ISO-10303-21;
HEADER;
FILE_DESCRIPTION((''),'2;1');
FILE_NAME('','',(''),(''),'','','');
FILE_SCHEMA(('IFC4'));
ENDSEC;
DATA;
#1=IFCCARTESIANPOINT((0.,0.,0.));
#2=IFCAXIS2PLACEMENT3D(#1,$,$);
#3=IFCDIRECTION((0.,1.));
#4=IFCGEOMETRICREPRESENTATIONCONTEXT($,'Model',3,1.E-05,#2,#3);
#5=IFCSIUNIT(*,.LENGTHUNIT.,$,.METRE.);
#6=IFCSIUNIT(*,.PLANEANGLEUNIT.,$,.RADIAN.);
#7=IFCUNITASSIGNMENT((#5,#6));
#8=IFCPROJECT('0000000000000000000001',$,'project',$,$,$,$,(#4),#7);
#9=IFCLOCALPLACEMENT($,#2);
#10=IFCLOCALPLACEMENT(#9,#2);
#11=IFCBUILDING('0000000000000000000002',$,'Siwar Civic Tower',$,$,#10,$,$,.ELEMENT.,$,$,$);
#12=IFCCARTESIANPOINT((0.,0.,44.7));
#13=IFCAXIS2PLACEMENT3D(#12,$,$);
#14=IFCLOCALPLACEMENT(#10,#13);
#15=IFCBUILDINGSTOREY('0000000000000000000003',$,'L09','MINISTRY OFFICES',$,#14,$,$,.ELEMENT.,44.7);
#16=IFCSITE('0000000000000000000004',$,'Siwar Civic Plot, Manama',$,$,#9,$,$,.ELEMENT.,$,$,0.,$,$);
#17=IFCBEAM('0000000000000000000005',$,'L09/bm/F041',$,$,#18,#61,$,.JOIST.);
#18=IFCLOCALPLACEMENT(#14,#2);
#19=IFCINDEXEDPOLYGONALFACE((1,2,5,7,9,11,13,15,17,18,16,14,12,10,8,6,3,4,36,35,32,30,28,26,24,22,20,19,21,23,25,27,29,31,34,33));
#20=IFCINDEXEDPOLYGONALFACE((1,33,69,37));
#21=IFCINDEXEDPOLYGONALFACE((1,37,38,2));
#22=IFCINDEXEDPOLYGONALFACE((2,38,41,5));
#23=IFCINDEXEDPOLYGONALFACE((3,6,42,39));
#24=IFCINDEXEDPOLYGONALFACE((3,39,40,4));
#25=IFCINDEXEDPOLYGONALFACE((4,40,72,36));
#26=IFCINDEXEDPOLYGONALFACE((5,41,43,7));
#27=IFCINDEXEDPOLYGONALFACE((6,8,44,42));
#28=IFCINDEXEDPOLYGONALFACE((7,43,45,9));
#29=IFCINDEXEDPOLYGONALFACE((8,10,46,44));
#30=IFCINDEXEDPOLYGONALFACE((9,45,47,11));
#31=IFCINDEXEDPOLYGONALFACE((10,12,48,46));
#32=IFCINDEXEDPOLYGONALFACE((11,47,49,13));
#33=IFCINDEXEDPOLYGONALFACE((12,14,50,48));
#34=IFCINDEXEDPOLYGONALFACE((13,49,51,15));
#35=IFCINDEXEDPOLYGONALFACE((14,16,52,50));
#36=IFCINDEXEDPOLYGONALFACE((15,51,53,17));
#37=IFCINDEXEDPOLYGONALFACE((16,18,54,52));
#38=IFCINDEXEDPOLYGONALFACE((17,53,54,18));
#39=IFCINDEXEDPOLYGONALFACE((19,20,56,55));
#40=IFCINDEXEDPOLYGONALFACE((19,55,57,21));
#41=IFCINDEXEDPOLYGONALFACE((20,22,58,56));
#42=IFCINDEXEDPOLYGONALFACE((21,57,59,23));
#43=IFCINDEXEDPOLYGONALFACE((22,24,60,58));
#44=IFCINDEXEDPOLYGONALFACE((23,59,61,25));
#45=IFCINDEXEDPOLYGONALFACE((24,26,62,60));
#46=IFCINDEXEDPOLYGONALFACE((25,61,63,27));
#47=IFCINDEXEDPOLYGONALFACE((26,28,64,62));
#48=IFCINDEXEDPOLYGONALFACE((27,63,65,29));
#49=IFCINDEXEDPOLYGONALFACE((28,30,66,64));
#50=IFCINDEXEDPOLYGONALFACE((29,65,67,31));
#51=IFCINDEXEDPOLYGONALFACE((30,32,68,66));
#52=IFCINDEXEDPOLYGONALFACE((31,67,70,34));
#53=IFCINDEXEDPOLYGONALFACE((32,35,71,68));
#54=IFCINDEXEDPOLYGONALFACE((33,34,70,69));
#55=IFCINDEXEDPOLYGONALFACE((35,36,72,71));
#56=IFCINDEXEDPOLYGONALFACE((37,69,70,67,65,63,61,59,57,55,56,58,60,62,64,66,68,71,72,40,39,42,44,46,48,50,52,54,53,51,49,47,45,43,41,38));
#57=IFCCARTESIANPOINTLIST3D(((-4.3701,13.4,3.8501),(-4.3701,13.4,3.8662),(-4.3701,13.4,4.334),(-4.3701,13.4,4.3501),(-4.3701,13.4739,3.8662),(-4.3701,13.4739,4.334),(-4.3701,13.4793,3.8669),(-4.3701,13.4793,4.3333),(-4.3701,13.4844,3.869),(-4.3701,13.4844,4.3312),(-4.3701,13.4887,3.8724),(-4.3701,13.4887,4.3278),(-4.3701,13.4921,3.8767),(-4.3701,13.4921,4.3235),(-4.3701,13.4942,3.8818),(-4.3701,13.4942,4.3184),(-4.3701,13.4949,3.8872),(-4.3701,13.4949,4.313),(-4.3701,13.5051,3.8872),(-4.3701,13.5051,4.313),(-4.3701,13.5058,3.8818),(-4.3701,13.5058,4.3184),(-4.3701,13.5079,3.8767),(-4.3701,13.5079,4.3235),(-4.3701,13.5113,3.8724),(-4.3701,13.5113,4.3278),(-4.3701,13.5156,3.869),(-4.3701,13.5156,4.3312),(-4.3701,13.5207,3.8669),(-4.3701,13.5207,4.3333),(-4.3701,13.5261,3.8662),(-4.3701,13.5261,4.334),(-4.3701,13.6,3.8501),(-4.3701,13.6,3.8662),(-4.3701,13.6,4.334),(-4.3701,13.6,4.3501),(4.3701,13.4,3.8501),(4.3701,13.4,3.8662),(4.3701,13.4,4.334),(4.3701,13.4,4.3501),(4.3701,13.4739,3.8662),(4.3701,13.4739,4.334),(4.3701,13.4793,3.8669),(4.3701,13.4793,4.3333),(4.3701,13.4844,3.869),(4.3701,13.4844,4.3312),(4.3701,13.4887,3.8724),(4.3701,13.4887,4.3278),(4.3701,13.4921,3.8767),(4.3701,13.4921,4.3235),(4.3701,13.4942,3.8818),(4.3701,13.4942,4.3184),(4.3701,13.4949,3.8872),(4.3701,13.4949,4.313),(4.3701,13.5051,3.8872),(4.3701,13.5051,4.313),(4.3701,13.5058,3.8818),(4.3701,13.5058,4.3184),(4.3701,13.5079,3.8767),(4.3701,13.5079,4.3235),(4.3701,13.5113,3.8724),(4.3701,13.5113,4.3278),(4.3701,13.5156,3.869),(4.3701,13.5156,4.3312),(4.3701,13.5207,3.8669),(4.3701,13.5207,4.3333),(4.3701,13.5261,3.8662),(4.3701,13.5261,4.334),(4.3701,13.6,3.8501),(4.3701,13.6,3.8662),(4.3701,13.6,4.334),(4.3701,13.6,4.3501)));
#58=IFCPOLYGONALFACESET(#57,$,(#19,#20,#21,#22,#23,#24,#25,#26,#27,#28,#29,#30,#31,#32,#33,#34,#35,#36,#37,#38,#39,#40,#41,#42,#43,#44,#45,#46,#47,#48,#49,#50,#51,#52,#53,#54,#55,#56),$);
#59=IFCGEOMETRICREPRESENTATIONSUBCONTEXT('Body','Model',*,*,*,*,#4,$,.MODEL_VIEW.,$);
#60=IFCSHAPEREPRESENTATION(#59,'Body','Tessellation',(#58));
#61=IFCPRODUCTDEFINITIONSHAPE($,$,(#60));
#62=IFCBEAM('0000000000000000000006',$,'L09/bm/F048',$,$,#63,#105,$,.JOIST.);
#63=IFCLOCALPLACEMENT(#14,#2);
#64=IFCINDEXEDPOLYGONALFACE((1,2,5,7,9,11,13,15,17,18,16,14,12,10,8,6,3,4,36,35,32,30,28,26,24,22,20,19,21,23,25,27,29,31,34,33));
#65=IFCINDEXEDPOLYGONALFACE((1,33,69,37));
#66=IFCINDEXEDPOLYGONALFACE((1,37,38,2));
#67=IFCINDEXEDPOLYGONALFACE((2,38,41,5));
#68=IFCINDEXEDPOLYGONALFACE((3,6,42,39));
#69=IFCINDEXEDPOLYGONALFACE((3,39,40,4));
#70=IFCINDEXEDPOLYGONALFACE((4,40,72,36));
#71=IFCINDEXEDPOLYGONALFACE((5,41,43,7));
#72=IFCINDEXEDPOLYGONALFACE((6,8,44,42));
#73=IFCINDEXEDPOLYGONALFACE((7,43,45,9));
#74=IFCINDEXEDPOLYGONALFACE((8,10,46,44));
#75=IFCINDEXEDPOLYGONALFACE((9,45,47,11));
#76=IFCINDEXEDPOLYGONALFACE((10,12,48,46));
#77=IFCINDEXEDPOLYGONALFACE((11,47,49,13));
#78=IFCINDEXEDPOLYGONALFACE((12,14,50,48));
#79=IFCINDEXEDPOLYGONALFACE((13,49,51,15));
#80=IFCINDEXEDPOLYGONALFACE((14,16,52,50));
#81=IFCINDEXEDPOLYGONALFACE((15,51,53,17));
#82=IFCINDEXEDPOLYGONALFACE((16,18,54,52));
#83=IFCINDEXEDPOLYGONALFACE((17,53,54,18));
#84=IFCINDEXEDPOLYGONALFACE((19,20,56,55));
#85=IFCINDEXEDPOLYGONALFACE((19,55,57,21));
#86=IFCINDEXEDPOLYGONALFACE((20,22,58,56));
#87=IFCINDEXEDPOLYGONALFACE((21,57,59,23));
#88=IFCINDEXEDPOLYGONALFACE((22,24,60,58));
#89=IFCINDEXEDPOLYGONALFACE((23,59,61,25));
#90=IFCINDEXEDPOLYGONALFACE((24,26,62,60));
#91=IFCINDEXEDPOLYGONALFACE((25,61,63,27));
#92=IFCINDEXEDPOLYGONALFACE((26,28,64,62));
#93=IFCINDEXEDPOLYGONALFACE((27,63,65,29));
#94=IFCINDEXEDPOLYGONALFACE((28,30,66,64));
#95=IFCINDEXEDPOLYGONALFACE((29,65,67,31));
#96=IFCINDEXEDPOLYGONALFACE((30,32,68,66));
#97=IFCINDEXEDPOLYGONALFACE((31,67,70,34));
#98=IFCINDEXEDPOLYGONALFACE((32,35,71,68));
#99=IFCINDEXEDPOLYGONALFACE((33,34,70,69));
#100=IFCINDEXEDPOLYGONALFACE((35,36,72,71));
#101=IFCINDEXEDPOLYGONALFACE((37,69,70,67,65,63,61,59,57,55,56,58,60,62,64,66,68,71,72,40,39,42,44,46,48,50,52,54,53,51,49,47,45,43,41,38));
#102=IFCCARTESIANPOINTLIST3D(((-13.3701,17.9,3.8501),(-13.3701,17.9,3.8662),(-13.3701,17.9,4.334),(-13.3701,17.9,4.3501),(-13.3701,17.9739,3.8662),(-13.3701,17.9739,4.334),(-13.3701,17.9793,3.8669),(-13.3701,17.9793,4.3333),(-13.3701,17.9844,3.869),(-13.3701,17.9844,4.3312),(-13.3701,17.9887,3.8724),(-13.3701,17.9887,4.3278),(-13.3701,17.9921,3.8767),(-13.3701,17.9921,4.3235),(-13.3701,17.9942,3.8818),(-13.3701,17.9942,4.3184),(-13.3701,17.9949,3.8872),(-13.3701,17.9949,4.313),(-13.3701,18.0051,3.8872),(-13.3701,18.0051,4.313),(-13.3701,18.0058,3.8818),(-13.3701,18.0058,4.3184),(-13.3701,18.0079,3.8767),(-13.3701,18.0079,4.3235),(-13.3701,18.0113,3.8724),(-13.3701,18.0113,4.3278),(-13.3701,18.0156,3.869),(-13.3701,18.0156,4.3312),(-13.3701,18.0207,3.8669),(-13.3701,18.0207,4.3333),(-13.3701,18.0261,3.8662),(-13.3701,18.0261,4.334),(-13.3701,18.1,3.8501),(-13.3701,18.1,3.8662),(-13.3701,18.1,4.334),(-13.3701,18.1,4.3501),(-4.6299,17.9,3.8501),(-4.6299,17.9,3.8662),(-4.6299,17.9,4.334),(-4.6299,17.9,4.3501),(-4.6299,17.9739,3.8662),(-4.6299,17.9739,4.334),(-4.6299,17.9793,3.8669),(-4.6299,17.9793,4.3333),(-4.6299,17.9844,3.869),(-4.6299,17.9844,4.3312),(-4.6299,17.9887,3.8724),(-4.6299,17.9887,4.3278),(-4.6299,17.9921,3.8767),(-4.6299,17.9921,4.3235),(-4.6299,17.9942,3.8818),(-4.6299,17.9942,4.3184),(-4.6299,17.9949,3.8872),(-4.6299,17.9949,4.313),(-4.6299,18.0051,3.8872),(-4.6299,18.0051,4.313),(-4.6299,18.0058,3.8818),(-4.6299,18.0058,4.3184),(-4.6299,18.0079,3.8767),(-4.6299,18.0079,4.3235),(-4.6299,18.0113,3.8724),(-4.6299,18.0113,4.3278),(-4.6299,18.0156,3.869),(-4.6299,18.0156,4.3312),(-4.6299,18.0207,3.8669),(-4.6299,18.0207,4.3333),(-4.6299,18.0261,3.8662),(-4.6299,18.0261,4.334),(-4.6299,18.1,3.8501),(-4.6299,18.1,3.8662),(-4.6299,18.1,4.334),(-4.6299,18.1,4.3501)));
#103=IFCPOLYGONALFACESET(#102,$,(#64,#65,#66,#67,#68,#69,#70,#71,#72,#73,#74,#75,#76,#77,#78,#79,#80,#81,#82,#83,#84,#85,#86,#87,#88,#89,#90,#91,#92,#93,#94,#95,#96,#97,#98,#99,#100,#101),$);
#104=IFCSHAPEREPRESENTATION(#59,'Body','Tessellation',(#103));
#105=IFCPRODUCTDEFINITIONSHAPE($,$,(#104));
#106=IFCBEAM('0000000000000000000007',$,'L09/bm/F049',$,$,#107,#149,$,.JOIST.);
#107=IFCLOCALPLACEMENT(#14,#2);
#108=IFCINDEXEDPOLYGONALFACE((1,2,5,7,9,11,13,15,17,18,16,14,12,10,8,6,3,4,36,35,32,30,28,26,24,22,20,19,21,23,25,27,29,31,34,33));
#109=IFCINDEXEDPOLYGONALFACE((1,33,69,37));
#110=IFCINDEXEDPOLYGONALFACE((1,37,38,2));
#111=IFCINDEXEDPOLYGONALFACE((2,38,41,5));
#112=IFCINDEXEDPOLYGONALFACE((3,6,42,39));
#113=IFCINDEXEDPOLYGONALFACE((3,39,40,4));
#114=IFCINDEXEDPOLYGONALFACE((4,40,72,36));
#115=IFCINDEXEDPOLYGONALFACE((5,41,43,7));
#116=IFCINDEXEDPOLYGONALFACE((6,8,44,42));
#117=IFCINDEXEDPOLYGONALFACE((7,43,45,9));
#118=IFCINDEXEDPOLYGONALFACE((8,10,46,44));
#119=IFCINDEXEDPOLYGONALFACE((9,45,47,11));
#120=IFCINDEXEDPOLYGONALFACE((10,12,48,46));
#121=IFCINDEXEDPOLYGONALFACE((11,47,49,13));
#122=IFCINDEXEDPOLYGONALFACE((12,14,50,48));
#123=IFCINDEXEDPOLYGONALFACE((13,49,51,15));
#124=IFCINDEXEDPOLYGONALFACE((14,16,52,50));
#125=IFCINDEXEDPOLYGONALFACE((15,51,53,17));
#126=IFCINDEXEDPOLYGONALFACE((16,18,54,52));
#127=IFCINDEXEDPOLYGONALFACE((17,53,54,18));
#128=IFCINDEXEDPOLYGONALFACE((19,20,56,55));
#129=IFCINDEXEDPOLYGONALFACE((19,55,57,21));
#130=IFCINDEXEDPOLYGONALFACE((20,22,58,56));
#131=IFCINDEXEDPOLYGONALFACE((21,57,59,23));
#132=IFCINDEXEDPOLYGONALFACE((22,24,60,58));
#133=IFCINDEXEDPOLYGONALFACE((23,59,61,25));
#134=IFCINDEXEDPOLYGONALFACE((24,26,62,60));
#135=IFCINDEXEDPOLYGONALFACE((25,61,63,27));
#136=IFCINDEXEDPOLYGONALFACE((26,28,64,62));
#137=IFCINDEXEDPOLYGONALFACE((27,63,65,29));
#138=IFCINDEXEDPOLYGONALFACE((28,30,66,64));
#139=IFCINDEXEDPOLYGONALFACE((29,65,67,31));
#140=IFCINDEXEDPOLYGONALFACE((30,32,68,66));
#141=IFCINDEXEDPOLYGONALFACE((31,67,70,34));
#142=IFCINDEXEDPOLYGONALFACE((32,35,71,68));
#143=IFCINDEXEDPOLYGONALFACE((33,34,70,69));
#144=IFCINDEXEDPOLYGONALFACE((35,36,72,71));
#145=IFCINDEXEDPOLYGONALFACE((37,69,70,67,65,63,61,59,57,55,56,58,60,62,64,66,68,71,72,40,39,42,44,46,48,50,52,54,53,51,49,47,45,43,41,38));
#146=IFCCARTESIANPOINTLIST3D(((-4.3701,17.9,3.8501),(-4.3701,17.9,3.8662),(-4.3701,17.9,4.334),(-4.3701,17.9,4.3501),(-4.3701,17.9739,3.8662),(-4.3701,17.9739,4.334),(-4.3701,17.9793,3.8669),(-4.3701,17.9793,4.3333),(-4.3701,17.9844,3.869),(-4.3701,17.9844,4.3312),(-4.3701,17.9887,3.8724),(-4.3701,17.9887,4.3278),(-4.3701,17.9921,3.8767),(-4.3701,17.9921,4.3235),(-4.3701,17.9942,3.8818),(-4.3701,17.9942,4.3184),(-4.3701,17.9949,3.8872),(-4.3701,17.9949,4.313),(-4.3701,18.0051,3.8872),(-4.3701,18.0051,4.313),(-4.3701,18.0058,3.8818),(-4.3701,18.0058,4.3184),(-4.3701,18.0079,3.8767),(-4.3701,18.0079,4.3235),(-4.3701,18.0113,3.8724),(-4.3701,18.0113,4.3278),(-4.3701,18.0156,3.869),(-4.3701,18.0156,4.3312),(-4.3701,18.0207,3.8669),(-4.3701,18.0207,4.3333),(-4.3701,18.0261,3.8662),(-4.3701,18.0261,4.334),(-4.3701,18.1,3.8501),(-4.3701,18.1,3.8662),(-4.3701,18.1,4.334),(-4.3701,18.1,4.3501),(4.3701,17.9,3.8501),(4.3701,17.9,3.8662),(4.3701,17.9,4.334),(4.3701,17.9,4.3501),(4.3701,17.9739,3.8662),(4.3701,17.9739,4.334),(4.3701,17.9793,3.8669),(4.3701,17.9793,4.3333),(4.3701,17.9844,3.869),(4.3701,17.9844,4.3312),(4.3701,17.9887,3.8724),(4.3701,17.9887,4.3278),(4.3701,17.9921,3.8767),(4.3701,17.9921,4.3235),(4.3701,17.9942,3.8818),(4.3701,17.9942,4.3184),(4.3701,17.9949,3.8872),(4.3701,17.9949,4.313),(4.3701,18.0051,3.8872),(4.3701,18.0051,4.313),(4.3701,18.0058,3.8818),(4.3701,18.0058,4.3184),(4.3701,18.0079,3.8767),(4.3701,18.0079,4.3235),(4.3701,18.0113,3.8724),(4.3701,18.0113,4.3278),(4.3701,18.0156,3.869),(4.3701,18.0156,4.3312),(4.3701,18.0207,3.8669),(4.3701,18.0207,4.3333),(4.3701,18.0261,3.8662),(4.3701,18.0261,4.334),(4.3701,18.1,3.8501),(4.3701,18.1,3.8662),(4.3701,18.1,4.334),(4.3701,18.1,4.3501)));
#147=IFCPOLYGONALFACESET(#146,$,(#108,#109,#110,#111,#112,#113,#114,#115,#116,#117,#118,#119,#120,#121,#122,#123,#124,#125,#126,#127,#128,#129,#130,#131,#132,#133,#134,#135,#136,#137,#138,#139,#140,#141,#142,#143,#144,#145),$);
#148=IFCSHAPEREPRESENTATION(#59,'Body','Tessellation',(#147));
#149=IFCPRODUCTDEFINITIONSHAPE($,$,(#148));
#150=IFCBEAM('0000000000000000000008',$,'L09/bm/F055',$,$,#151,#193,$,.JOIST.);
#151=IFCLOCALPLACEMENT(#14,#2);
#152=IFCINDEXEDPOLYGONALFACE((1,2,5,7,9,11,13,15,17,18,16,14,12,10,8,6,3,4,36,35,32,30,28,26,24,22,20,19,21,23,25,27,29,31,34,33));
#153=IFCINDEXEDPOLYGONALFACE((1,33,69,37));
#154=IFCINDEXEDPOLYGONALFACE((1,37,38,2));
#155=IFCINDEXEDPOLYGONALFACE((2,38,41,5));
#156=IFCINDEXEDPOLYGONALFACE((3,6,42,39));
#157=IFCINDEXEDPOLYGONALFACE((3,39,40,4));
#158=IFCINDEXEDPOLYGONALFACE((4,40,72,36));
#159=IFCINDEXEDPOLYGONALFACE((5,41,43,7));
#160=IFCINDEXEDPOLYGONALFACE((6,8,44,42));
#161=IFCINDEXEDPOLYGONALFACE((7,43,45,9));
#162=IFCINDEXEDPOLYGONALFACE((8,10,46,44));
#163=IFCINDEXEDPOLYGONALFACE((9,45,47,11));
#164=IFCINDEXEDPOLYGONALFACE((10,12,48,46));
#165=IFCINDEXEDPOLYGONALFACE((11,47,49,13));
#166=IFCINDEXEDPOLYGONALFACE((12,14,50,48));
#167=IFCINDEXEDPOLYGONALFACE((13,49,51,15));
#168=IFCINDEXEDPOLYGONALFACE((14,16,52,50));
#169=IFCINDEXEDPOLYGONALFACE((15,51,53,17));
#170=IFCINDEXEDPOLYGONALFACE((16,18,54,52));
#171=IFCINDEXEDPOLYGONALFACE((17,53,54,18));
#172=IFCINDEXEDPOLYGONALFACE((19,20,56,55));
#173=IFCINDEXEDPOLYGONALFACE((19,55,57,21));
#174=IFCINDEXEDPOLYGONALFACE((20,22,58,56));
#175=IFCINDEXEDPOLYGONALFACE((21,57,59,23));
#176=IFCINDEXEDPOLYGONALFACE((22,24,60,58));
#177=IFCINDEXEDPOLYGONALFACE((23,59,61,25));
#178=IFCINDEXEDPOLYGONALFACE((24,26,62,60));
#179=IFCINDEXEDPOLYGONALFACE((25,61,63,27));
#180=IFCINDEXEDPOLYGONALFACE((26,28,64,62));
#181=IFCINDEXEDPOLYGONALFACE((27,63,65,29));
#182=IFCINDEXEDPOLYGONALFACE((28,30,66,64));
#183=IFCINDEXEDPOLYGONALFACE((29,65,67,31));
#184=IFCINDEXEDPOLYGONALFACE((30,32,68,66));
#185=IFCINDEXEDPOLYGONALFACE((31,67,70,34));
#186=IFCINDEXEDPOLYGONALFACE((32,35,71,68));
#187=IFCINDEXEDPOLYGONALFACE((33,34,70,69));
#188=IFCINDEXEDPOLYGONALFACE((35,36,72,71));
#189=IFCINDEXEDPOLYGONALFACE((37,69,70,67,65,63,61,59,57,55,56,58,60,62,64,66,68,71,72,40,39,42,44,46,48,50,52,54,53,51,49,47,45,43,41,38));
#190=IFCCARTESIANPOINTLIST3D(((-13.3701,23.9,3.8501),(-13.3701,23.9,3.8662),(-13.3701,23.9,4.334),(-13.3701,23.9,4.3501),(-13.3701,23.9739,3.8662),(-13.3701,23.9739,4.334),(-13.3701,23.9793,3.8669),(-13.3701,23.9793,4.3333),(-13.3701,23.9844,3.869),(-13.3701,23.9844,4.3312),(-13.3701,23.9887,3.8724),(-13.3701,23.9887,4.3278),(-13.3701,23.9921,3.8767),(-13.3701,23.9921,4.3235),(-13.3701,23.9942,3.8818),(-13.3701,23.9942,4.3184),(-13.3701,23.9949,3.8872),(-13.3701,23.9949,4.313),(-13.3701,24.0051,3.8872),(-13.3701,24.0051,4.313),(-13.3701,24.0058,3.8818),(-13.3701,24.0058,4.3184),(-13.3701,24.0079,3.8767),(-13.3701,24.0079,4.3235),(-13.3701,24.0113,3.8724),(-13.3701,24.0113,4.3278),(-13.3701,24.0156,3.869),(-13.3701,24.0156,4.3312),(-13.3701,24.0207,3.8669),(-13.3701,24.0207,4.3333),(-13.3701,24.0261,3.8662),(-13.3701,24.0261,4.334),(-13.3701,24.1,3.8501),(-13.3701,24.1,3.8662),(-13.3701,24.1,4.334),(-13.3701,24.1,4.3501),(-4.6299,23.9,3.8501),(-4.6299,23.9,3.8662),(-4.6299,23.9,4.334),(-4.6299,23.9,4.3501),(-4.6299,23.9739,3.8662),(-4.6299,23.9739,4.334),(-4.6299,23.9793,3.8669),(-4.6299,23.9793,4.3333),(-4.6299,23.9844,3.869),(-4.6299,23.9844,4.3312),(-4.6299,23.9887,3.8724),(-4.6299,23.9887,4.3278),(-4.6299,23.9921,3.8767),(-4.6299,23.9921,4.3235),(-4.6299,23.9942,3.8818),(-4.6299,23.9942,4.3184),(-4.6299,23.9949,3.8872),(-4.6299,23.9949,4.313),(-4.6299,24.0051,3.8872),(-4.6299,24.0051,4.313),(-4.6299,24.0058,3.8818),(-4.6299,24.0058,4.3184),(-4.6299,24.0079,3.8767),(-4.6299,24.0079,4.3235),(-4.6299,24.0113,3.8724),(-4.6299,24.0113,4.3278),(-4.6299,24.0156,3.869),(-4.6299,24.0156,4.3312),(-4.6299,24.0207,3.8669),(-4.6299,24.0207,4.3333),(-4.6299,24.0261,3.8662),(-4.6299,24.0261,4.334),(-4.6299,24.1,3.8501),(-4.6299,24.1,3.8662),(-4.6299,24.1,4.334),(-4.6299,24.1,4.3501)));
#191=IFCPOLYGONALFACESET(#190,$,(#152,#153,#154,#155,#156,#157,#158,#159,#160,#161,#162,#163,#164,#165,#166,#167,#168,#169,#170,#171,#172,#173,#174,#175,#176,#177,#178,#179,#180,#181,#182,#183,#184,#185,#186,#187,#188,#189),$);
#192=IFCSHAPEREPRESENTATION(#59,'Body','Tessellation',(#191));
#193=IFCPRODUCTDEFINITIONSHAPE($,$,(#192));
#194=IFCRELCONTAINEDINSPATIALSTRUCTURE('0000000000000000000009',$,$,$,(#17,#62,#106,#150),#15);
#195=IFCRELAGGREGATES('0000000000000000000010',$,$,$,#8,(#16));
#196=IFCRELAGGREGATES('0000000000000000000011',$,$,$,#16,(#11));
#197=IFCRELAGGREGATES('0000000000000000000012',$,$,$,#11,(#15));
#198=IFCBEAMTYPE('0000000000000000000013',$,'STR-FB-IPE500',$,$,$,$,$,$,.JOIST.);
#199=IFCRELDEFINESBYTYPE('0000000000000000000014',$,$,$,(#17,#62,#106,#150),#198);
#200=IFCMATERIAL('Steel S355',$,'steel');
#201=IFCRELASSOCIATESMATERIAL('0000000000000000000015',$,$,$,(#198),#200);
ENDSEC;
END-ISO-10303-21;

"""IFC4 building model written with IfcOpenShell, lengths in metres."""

from ifc_helpers import new_model, si_unit, direction, frame, origin, origin_2d, place, context, subcontext, project, spatial, i_section, extrude, material, material_profile, profile_set, type_object, element, save


model = new_model("IFC4")

# Units and contexts
model_context = context("Model", 3, precision=1e-05, world=origin(), true_north=direction((0.0, 1.0)))
body_context = subcontext(model_context, "Body", "Model", "MODEL_VIEW")
ifc_project = project(units=[si_unit("LENGTHUNIT", "METRE"), si_unit("PLANEANGLEUNIT", "RADIAN")], contexts=[model_context])

# Site, building, storey
site_placement = place(None, origin())
site = spatial("IfcSite", under=ifc_project, at=site_placement, Name="Siwar Civic Plot, Manama", CompositionType="ELEMENT", RefElevation=0.0)
building_placement = place(site_placement, origin())
building = spatial("IfcBuilding", under=site, at=building_placement, Name="Siwar Civic Tower", CompositionType="ELEMENT")
storey_placement = place(building_placement, frame((0.0, 0.0, 44.7)))
storey = spatial("IfcBuildingStorey", under=building, at=storey_placement, Name="L09", Description="MINISTRY OFFICES", CompositionType="ELEMENT", Elevation=44.7)

# Beams
ifc_material_1 = material(Name="Steel S355", Category="steel")
ifc_material_profile_1 = material_profile(ifc_material_1, i_section(OverallWidth=0.2, OverallDepth=0.5, WebThickness=0.0103, FlangeThickness=0.0161, FilletRadius=0.021, at=origin_2d()), Name="IPE500")
ifc_profile_set_1 = profile_set([ifc_material_profile_1], Name="Steel S355")
beam_type_1 = type_object("IfcBeamType", Name="STR-FB-IPE500", PredefinedType="JOIST", material=ifc_profile_set_1)
for number, where, z_axis, x_axis, name in (
    (1, (-4.3701, 13.5, 4.1001), (1.0, 0.0, 0.0), (0.0, 1.0, 0.0), "L09/bm/F041"),
    (2, (-13.3701, 18.0, 4.1001), (1.0, 0.0, 0.0), (0.0, 1.0, 0.0), "L09/bm/F048"),
    (3, (-4.3701, 18.0, 4.1001), (1.0, 0.0, 0.0), (0.0, 1.0, 0.0), "L09/bm/F049"),
    (4, (-13.3701, 24.0, 4.1001), (1.0, 0.0, 0.0), (0.0, 1.0, 0.0), "L09/bm/F055"),
):
    element("IfcBeam", number, at=place(storey_placement, frame(where, z_axis=z_axis, x_axis=x_axis)), inside=storey, type_object=beam_type_1, Name=name, PredefinedType="JOIST", context=body_context, shape_type="SweptSolid", body=[
        extrude(i_section(OverallWidth=0.2, OverallDepth=0.5, WebThickness=0.0103, FlangeThickness=0.0161, FilletRadius=0.021, at=origin_2d()), origin(), (0.0, 0.0, 1.0), 8.7402),
    ])

save(model, "model.ifc")
